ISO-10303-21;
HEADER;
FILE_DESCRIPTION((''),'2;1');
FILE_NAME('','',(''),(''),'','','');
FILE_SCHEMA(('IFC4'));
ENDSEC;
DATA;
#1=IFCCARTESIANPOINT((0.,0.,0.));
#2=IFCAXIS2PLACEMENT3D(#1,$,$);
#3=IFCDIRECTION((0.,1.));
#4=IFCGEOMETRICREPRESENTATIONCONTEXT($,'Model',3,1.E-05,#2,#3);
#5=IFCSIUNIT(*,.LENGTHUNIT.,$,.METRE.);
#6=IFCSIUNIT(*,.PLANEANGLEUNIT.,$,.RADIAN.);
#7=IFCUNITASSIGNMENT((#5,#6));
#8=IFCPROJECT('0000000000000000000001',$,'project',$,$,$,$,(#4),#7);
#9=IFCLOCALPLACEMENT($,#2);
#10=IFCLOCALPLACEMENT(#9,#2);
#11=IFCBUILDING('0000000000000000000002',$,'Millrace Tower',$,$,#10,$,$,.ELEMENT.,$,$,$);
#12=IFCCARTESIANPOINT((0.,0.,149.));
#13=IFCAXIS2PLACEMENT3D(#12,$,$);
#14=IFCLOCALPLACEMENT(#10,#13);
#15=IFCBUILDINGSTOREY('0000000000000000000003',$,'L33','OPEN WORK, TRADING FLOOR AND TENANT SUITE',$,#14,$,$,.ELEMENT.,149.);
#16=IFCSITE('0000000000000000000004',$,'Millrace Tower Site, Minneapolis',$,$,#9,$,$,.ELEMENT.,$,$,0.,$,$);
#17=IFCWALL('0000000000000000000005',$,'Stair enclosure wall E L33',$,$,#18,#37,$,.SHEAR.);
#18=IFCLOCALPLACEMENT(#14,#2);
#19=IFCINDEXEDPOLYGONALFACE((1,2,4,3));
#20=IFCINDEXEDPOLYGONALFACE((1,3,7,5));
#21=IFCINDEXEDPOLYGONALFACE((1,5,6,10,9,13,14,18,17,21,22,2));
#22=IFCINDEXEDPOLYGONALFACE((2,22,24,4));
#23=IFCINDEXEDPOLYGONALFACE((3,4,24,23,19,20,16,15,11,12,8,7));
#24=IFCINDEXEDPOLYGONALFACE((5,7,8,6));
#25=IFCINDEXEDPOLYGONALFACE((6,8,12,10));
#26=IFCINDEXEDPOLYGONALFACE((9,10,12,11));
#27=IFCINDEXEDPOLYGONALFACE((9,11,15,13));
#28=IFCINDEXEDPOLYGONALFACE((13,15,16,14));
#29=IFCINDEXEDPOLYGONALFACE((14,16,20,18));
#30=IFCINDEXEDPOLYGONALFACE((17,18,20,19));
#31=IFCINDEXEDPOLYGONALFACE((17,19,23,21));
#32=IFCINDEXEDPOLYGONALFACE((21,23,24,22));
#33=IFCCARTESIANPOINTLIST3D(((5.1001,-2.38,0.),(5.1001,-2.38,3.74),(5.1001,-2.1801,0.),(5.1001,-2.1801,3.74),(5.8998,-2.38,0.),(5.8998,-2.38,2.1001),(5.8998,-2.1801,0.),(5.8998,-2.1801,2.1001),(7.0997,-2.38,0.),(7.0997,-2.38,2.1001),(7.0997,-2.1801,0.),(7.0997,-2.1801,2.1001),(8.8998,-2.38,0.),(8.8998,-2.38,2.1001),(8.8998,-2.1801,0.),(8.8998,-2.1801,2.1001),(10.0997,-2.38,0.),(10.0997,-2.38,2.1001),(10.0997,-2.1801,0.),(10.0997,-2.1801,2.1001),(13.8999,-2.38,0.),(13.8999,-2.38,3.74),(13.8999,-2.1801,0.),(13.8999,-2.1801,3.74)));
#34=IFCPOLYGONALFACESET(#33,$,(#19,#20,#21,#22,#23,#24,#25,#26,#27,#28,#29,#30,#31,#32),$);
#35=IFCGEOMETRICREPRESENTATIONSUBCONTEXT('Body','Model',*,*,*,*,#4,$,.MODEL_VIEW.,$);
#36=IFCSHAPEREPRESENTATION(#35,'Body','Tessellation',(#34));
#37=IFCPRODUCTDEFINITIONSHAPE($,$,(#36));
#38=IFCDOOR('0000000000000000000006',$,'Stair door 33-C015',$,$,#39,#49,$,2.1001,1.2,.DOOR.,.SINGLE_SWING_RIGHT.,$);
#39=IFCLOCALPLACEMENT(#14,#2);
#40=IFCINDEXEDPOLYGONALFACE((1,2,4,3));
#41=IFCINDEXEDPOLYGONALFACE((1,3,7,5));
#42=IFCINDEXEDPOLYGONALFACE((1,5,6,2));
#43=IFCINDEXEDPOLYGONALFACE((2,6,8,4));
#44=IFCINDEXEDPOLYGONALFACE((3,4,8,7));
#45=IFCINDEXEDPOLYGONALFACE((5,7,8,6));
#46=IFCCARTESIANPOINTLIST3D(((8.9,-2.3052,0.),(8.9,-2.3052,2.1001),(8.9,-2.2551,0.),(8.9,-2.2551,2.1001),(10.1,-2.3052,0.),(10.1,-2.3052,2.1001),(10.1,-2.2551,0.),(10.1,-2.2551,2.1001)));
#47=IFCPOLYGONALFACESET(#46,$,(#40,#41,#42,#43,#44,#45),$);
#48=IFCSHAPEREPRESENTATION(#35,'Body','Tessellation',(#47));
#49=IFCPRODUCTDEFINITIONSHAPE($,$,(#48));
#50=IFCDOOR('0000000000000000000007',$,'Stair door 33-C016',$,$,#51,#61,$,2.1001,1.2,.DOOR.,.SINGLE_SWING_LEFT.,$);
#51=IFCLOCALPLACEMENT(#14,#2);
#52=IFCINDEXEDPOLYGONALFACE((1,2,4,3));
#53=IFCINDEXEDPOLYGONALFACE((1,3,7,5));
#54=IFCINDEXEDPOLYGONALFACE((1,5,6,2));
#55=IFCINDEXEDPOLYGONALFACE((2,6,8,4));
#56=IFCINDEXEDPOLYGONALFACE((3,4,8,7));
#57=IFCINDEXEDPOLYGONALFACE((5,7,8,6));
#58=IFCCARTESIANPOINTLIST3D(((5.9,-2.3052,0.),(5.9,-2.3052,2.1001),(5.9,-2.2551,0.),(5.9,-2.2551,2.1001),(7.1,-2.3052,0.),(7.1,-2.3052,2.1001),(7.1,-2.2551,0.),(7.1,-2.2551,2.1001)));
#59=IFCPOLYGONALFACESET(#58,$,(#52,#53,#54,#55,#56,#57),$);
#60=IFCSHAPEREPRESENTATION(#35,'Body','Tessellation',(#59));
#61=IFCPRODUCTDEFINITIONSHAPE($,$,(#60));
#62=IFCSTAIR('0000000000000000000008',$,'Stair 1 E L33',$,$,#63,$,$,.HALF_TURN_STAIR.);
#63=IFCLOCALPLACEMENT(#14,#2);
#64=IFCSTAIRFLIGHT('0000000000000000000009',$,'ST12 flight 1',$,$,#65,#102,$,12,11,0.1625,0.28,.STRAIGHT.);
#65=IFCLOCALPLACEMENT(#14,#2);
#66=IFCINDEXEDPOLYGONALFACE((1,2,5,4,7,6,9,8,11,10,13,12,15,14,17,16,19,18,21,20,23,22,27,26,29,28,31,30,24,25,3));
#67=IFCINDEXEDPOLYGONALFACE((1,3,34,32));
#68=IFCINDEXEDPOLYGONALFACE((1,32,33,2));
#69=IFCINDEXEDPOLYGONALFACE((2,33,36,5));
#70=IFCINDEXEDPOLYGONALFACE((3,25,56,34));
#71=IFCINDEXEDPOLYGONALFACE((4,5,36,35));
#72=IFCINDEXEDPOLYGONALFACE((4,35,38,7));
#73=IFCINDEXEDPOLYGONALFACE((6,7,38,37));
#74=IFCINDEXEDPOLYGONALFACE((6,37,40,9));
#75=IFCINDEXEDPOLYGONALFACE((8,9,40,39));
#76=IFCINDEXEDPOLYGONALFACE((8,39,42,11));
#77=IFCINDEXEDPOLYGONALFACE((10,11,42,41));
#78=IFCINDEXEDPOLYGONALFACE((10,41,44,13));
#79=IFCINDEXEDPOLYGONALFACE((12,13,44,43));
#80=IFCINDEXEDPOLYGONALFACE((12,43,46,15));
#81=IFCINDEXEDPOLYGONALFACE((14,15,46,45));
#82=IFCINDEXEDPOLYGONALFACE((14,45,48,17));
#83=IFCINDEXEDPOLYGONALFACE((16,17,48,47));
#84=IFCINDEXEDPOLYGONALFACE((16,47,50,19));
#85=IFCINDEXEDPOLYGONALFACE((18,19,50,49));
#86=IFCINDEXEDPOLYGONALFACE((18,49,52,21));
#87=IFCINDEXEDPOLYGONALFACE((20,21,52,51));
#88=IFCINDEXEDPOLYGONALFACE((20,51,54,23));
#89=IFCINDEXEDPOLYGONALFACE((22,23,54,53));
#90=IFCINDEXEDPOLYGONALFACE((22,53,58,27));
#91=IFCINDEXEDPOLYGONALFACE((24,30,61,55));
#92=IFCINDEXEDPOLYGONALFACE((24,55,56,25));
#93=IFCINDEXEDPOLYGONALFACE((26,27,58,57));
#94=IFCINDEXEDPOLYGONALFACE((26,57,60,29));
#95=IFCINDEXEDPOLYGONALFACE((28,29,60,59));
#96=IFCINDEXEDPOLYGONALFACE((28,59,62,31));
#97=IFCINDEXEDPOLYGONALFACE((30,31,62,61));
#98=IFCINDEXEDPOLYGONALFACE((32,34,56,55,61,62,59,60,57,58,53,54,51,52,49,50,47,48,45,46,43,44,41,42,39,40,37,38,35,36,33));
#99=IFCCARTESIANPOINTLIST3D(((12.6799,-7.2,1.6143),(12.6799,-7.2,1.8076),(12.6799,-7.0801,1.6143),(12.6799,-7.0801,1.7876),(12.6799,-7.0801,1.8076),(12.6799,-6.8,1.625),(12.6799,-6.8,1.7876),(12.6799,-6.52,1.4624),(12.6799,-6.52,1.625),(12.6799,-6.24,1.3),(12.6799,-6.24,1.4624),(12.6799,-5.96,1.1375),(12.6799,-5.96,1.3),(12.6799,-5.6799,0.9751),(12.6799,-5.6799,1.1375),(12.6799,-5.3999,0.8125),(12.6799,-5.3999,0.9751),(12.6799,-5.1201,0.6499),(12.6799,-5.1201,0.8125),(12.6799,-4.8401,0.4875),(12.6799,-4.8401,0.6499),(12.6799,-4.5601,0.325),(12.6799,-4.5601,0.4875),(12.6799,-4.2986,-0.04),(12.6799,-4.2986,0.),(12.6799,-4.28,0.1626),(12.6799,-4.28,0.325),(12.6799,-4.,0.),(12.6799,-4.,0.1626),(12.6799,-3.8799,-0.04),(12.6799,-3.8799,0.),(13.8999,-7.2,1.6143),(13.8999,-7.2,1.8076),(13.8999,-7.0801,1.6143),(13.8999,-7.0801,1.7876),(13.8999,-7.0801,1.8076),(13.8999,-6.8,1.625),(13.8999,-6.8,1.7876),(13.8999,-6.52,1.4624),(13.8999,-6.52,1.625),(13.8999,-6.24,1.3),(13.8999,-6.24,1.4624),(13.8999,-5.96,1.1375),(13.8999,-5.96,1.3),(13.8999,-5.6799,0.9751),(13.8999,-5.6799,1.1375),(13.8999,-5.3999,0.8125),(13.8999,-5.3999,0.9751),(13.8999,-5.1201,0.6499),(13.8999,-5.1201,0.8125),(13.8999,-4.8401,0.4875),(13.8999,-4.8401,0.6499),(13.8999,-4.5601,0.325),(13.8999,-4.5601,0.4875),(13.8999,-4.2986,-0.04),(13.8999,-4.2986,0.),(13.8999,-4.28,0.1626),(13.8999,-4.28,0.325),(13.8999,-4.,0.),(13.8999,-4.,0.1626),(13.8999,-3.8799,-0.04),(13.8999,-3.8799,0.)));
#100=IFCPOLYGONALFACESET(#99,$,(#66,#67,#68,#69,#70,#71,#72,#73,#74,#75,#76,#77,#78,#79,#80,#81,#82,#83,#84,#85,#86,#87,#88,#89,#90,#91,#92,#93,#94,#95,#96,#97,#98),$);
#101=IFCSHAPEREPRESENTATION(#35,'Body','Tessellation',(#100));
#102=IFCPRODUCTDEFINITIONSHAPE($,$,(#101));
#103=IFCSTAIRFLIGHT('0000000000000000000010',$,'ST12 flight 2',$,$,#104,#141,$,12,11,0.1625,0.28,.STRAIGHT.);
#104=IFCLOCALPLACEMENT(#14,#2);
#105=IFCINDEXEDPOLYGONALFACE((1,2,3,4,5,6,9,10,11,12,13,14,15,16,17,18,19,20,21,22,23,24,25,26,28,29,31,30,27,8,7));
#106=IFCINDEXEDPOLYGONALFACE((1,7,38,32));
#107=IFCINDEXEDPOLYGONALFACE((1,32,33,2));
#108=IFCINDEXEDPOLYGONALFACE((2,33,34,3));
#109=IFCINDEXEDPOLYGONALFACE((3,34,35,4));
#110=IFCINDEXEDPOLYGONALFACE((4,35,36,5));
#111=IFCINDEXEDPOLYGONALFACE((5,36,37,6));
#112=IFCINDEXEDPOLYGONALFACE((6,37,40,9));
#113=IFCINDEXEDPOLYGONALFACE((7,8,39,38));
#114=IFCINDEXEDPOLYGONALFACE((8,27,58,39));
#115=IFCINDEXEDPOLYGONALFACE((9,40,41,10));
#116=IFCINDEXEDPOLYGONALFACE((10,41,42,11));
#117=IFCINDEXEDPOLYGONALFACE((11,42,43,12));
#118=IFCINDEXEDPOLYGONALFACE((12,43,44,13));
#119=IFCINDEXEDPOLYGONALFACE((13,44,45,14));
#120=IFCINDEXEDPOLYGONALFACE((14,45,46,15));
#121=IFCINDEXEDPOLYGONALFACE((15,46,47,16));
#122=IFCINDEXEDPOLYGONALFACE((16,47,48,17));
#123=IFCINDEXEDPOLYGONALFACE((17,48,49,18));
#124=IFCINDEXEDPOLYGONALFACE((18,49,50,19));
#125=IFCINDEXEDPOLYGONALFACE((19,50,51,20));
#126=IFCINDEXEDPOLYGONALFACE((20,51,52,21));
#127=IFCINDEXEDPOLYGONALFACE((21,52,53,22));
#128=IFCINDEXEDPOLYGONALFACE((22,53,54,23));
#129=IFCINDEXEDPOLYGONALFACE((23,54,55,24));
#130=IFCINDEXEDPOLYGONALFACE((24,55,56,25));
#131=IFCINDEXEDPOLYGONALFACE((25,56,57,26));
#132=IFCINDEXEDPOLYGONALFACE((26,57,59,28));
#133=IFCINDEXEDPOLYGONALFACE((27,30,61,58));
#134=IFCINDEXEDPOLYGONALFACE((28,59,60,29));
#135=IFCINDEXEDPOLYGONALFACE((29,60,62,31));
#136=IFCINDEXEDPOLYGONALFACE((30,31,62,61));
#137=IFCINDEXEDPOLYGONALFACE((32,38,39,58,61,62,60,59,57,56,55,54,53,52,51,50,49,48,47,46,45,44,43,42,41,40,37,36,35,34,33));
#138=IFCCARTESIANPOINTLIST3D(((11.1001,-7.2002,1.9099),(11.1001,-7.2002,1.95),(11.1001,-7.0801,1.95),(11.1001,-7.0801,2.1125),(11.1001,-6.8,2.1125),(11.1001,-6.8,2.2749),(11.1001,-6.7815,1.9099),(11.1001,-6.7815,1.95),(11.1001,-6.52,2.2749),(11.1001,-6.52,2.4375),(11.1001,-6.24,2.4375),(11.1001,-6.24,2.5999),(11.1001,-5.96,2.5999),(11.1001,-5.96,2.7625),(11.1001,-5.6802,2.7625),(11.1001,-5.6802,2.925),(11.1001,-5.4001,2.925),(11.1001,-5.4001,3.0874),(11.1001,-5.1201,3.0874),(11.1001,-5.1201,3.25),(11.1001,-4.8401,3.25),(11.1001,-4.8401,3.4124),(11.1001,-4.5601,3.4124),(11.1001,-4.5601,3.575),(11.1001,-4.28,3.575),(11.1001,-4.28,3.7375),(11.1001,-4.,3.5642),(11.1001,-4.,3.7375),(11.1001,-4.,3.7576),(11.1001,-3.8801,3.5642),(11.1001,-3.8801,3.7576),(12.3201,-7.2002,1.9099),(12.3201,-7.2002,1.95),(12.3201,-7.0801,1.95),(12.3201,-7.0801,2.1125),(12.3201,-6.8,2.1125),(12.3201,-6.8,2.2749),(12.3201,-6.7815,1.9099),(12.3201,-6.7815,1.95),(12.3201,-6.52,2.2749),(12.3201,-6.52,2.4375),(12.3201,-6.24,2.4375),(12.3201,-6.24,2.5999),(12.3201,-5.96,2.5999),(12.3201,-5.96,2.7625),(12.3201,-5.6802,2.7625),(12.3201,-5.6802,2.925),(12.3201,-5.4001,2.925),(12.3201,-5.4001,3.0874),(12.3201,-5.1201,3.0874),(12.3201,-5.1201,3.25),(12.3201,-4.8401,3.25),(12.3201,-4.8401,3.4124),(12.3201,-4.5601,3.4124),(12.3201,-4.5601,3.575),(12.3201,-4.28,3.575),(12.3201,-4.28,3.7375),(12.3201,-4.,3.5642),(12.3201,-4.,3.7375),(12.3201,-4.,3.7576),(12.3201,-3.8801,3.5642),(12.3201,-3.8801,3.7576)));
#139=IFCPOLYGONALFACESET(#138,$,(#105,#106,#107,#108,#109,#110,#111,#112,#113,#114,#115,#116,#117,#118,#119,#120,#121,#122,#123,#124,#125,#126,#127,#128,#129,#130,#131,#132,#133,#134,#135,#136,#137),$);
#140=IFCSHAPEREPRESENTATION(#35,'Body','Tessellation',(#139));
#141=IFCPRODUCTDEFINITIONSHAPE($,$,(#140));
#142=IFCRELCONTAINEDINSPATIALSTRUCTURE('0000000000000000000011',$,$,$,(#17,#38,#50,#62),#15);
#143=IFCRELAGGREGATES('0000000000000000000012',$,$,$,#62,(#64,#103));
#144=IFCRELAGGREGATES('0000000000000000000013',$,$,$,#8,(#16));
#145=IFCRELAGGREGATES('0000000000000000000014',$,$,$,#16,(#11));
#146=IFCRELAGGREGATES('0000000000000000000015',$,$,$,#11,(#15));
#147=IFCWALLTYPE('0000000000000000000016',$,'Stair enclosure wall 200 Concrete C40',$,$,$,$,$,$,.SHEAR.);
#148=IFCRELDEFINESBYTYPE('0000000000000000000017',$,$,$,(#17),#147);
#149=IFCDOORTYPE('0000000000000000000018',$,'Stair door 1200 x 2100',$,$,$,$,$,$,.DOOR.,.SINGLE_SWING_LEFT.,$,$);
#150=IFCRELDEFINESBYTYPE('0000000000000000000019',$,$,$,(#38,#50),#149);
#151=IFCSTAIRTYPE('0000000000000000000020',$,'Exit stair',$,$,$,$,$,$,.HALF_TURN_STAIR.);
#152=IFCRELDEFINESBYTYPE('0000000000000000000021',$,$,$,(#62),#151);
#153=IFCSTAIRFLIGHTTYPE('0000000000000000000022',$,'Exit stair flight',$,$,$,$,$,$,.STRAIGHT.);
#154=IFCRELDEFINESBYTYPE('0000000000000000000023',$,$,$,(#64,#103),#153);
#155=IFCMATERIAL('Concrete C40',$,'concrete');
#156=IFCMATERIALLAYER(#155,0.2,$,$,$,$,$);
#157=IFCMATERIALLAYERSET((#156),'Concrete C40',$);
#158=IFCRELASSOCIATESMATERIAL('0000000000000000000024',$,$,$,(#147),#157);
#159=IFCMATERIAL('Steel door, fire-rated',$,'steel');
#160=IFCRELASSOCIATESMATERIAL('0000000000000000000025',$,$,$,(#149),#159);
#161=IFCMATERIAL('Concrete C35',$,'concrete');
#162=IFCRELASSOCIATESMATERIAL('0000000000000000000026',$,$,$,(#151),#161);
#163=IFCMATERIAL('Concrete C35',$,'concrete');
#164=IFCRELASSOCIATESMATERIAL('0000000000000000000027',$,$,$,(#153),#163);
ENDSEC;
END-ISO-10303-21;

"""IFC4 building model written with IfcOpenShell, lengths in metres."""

from ifc_helpers import new_model, si_unit, direction, frame, frame_2d, origin, place, context, subcontext, project, spatial, polyline, rectangle, outline, extrude, material, layer, layer_set, type_object, element, fill, aggregate, save


model = new_model("IFC4")

# Units and contexts
model_context = context("Model", 3, precision=1e-05, world=origin(), true_north=direction((0.0, 1.0)))
body_context = subcontext(model_context, "Body", "Model", "MODEL_VIEW")
ifc_project = project(units=[si_unit("LENGTHUNIT", "METRE"), si_unit("PLANEANGLEUNIT", "RADIAN")], contexts=[model_context])

# Site, building, storey
site_placement = place(None, origin())
site = spatial("IfcSite", under=ifc_project, at=site_placement, Name="Millrace Tower Site, Minneapolis", CompositionType="ELEMENT", RefElevation=0.0)
building_placement = place(site_placement, origin())
building = spatial("IfcBuilding", under=site, at=building_placement, Name="Millrace Tower", CompositionType="ELEMENT")
storey_placement = place(building_placement, frame((0.0, 0.0, 149.0)))
storey = spatial("IfcBuildingStorey", under=building, at=storey_placement, Name="L33", Description="OPEN WORK, TRADING FLOOR AND TENANT SUITE", CompositionType="ELEMENT", Elevation=149.0)

# Shared definitions
placement = place(storey_placement, origin())

# Shared definitions
ifc_material_1 = material(Name="Concrete C40", Category="concrete")
ifc_layer_1 = layer(ifc_material_1, 0.2)
ifc_layer_set_1 = layer_set([ifc_layer_1], Name="Concrete C40")
wall_type_1 = type_object("IfcWallType", Name="Stair enclosure wall 200 Concrete C40", PredefinedType="SHEAR", material=ifc_layer_set_1)

# Wall, openings, doors
wall_1_placement = place(storey_placement, frame((13.8999, -2.28, 0.0), z_axis=(0.0, 0.0, 1.0), x_axis=(-1.0, 0.0, 0.0)))
wall_1 = element("IfcWall", 1, at=wall_1_placement, inside=storey, type_object=wall_type_1, Name="Stair enclosure wall E L33", PredefinedType="SHEAR", context=body_context, shape_type="SweptSolid", body=[
    extrude(rectangle(XDim=8.7998, YDim=0.2, at=frame_2d((4.3999, 0.0))), origin(), (0.0, 0.0, 1.0), 3.74),
])
opening_1_placement = place(wall_1_placement, frame((3.8, 0.0, 0.0)))
opening_1 = element("IfcOpeningElement", 2, at=opening_1_placement, cuts=wall_1, PredefinedType="OPENING", context=body_context, shape_type="SweptSolid", body=[
    extrude(rectangle(XDim=1.2, YDim=2.1001, at=frame_2d((0.6001, 1.05))), frame((0.0, 0.1099, 0.0), z_axis=(0.0, -1.0, 0.0), x_axis=(1.0, 0.0, 0.0)), (0.0, 0.0, 1.0), 0.22),
])
opening_2_placement = place(wall_1_placement, frame((6.8, 0.0, 0.0)))
opening_2 = element("IfcOpeningElement", 3, at=opening_2_placement, cuts=wall_1, PredefinedType="OPENING", context=body_context, shape_type="SweptSolid", body=[
    extrude(rectangle(XDim=1.2, YDim=2.1001, at=frame_2d((0.6001, 1.05))), frame((0.0, 0.1099, 0.0), z_axis=(0.0, -1.0, 0.0), x_axis=(1.0, 0.0, 0.0)), (0.0, 0.0, 1.0), 0.22),
])
ifc_material_2 = material(Name="Steel door, fire-rated", Category="steel")
door_type_1 = type_object("IfcDoorType", Name="Stair door 1200 x 2100", OperationType="SINGLE_SWING_LEFT", PredefinedType="DOOR", material=ifc_material_2)
door_1_placement = place(opening_1_placement, frame((1.2, 0.0, 0.0), z_axis=(0.0, 0.0, 1.0), x_axis=(-1.0, 0.0, 0.0)))
door_1 = element("IfcDoor", 4, at=door_1_placement, inside=storey, type_object=door_type_1, Name="Stair door 33-C015", OperationType="SINGLE_SWING_RIGHT", OverallHeight=2.1001, OverallWidth=1.2, PredefinedType="DOOR", context=body_context, shape_type="SweptSolid", body=[
    extrude(rectangle(XDim=1.2, YDim=2.1001, at=frame_2d((0.6001, 1.05))), frame((0.0, 0.0249, 0.0), z_axis=(0.0, -1.0, 0.0), x_axis=(1.0, 0.0, 0.0)), (0.0, 0.0, 1.0), 0.05),
])
fill(opening_1, door_1)
door_2_placement = place(opening_2_placement, frame((1.2, 0.0, 0.0), z_axis=(0.0, 0.0, 1.0), x_axis=(-1.0, 0.0, 0.0)))
door_2 = element("IfcDoor", 5, at=door_2_placement, inside=storey, type_object=door_type_1, Name="Stair door 33-C016", OperationType="SINGLE_SWING_LEFT", OverallHeight=2.1001, OverallWidth=1.2, PredefinedType="DOOR", context=body_context, shape_type="SweptSolid", body=[
    extrude(rectangle(XDim=1.2, YDim=2.1001, at=frame_2d((0.6001, 1.05))), frame((0.0, 0.0249, 0.0), z_axis=(0.0, -1.0, 0.0), x_axis=(1.0, 0.0, 0.0)), (0.0, 0.0, 1.0), 0.05),
])
fill(opening_2, door_2)

# Stair, stair flights
ifc_material_3 = material(Name="Concrete C35", Category="concrete")
stair_type = type_object("IfcStairType", Name="Exit stair", PredefinedType="HALF_TURN_STAIR", material=ifc_material_3)
stair = element("IfcStair", 6, at=placement, inside=storey, type_object=stair_type, Name="Stair 1 E L33", PredefinedType="HALF_TURN_STAIR")
ifc_material_4 = material(Name="Concrete C35", Category="concrete")
stair_flight_type = type_object("IfcStairFlightType", Name="Exit stair flight", PredefinedType="STRAIGHT", material=ifc_material_4)
stair_flight_1_placement = place(storey_placement, frame((13.29, -4.0, 0.0), z_axis=(0.0, 0.0, 1.0), x_axis=(0.0, -1.0, 0.0)))
stair_flight_1 = element("IfcStairFlight", 7, at=stair_flight_1_placement, type_object=stair_flight_type, Name="ST12 flight 1", NumberOfRisers=12, NumberOfTreads=11, PredefinedType="STRAIGHT", RiserHeight=0.1625, TreadLength=0.28, context=body_context, shape_type="SweptSolid", body=[
    extrude(outline(polyline([(-0.1201, -0.04), (-0.1201, 0.0), (0.0, 0.0), (0.0, 0.1626), (0.28, 0.1626), (0.28, 0.325), (0.5601, 0.325), (0.5601, 0.4875), (0.8401, 0.4875), (0.8401, 0.6499), (1.1201, 0.6499), (1.1201, 0.8125), (1.3999, 0.8125), (1.3999, 0.9751), (1.6799, 0.9751), (1.6799, 1.1375), (1.96, 1.1375), (1.96, 1.3), (2.24, 1.3), (2.24, 1.4624), (2.52, 1.4624), (2.52, 1.625), (2.8, 1.625), (2.8, 1.7876), (3.0801, 1.7876), (3.0801, 1.8076), (3.2, 1.8076), (3.2, 1.6143), (3.0801, 1.6143), (0.2986, 0.0), (0.2986, -0.04), (-0.1201, -0.04)])), frame((0.0, 0.6099, 0.0), z_axis=(0.0, -1.0, 0.0), x_axis=(1.0, 0.0, 0.0)), (0.0, 0.0, 1.0), 1.22),
])
stair_flight_2_placement = place(storey_placement, frame((11.71, -7.0801, 1.95), z_axis=(0.0, 0.0, 1.0), x_axis=(0.0, 1.0, 0.0)))
stair_flight_2 = element("IfcStairFlight", 8, at=stair_flight_2_placement, type_object=stair_flight_type, Name="ST12 flight 2", NumberOfRisers=12, NumberOfTreads=11, PredefinedType="STRAIGHT", RiserHeight=0.1625, TreadLength=0.28, context=body_context, shape_type="SweptSolid", body=[
    extrude(outline(polyline([(-0.1201, -0.04), (-0.1201, 0.0), (0.0, 0.0), (0.0, 0.1626), (0.28, 0.1626), (0.28, 0.325), (0.5601, 0.325), (0.5601, 0.4875), (0.8401, 0.4875), (0.8401, 0.6499), (1.1201, 0.6499), (1.1201, 0.8125), (1.3999, 0.8125), (1.3999, 0.9751), (1.6799, 0.9751), (1.6799, 1.1375), (1.96, 1.1375), (1.96, 1.3), (2.24, 1.3), (2.24, 1.4624), (2.52, 1.4624), (2.52, 1.625), (2.8, 1.625), (2.8, 1.7876), (3.0801, 1.7876), (3.0801, 1.8076), (3.2, 1.8076), (3.2, 1.6143), (3.0801, 1.6143), (0.2986, 0.0), (0.2986, -0.04), (-0.1201, -0.04)])), frame((0.0, 0.6099, 0.0), z_axis=(0.0, -1.0, 0.0), x_axis=(1.0, 0.0, 0.0)), (0.0, 0.0, 1.0), 1.22),
])
aggregate(stair, [stair_flight_1, stair_flight_2])

save(model, "model.ifc")
